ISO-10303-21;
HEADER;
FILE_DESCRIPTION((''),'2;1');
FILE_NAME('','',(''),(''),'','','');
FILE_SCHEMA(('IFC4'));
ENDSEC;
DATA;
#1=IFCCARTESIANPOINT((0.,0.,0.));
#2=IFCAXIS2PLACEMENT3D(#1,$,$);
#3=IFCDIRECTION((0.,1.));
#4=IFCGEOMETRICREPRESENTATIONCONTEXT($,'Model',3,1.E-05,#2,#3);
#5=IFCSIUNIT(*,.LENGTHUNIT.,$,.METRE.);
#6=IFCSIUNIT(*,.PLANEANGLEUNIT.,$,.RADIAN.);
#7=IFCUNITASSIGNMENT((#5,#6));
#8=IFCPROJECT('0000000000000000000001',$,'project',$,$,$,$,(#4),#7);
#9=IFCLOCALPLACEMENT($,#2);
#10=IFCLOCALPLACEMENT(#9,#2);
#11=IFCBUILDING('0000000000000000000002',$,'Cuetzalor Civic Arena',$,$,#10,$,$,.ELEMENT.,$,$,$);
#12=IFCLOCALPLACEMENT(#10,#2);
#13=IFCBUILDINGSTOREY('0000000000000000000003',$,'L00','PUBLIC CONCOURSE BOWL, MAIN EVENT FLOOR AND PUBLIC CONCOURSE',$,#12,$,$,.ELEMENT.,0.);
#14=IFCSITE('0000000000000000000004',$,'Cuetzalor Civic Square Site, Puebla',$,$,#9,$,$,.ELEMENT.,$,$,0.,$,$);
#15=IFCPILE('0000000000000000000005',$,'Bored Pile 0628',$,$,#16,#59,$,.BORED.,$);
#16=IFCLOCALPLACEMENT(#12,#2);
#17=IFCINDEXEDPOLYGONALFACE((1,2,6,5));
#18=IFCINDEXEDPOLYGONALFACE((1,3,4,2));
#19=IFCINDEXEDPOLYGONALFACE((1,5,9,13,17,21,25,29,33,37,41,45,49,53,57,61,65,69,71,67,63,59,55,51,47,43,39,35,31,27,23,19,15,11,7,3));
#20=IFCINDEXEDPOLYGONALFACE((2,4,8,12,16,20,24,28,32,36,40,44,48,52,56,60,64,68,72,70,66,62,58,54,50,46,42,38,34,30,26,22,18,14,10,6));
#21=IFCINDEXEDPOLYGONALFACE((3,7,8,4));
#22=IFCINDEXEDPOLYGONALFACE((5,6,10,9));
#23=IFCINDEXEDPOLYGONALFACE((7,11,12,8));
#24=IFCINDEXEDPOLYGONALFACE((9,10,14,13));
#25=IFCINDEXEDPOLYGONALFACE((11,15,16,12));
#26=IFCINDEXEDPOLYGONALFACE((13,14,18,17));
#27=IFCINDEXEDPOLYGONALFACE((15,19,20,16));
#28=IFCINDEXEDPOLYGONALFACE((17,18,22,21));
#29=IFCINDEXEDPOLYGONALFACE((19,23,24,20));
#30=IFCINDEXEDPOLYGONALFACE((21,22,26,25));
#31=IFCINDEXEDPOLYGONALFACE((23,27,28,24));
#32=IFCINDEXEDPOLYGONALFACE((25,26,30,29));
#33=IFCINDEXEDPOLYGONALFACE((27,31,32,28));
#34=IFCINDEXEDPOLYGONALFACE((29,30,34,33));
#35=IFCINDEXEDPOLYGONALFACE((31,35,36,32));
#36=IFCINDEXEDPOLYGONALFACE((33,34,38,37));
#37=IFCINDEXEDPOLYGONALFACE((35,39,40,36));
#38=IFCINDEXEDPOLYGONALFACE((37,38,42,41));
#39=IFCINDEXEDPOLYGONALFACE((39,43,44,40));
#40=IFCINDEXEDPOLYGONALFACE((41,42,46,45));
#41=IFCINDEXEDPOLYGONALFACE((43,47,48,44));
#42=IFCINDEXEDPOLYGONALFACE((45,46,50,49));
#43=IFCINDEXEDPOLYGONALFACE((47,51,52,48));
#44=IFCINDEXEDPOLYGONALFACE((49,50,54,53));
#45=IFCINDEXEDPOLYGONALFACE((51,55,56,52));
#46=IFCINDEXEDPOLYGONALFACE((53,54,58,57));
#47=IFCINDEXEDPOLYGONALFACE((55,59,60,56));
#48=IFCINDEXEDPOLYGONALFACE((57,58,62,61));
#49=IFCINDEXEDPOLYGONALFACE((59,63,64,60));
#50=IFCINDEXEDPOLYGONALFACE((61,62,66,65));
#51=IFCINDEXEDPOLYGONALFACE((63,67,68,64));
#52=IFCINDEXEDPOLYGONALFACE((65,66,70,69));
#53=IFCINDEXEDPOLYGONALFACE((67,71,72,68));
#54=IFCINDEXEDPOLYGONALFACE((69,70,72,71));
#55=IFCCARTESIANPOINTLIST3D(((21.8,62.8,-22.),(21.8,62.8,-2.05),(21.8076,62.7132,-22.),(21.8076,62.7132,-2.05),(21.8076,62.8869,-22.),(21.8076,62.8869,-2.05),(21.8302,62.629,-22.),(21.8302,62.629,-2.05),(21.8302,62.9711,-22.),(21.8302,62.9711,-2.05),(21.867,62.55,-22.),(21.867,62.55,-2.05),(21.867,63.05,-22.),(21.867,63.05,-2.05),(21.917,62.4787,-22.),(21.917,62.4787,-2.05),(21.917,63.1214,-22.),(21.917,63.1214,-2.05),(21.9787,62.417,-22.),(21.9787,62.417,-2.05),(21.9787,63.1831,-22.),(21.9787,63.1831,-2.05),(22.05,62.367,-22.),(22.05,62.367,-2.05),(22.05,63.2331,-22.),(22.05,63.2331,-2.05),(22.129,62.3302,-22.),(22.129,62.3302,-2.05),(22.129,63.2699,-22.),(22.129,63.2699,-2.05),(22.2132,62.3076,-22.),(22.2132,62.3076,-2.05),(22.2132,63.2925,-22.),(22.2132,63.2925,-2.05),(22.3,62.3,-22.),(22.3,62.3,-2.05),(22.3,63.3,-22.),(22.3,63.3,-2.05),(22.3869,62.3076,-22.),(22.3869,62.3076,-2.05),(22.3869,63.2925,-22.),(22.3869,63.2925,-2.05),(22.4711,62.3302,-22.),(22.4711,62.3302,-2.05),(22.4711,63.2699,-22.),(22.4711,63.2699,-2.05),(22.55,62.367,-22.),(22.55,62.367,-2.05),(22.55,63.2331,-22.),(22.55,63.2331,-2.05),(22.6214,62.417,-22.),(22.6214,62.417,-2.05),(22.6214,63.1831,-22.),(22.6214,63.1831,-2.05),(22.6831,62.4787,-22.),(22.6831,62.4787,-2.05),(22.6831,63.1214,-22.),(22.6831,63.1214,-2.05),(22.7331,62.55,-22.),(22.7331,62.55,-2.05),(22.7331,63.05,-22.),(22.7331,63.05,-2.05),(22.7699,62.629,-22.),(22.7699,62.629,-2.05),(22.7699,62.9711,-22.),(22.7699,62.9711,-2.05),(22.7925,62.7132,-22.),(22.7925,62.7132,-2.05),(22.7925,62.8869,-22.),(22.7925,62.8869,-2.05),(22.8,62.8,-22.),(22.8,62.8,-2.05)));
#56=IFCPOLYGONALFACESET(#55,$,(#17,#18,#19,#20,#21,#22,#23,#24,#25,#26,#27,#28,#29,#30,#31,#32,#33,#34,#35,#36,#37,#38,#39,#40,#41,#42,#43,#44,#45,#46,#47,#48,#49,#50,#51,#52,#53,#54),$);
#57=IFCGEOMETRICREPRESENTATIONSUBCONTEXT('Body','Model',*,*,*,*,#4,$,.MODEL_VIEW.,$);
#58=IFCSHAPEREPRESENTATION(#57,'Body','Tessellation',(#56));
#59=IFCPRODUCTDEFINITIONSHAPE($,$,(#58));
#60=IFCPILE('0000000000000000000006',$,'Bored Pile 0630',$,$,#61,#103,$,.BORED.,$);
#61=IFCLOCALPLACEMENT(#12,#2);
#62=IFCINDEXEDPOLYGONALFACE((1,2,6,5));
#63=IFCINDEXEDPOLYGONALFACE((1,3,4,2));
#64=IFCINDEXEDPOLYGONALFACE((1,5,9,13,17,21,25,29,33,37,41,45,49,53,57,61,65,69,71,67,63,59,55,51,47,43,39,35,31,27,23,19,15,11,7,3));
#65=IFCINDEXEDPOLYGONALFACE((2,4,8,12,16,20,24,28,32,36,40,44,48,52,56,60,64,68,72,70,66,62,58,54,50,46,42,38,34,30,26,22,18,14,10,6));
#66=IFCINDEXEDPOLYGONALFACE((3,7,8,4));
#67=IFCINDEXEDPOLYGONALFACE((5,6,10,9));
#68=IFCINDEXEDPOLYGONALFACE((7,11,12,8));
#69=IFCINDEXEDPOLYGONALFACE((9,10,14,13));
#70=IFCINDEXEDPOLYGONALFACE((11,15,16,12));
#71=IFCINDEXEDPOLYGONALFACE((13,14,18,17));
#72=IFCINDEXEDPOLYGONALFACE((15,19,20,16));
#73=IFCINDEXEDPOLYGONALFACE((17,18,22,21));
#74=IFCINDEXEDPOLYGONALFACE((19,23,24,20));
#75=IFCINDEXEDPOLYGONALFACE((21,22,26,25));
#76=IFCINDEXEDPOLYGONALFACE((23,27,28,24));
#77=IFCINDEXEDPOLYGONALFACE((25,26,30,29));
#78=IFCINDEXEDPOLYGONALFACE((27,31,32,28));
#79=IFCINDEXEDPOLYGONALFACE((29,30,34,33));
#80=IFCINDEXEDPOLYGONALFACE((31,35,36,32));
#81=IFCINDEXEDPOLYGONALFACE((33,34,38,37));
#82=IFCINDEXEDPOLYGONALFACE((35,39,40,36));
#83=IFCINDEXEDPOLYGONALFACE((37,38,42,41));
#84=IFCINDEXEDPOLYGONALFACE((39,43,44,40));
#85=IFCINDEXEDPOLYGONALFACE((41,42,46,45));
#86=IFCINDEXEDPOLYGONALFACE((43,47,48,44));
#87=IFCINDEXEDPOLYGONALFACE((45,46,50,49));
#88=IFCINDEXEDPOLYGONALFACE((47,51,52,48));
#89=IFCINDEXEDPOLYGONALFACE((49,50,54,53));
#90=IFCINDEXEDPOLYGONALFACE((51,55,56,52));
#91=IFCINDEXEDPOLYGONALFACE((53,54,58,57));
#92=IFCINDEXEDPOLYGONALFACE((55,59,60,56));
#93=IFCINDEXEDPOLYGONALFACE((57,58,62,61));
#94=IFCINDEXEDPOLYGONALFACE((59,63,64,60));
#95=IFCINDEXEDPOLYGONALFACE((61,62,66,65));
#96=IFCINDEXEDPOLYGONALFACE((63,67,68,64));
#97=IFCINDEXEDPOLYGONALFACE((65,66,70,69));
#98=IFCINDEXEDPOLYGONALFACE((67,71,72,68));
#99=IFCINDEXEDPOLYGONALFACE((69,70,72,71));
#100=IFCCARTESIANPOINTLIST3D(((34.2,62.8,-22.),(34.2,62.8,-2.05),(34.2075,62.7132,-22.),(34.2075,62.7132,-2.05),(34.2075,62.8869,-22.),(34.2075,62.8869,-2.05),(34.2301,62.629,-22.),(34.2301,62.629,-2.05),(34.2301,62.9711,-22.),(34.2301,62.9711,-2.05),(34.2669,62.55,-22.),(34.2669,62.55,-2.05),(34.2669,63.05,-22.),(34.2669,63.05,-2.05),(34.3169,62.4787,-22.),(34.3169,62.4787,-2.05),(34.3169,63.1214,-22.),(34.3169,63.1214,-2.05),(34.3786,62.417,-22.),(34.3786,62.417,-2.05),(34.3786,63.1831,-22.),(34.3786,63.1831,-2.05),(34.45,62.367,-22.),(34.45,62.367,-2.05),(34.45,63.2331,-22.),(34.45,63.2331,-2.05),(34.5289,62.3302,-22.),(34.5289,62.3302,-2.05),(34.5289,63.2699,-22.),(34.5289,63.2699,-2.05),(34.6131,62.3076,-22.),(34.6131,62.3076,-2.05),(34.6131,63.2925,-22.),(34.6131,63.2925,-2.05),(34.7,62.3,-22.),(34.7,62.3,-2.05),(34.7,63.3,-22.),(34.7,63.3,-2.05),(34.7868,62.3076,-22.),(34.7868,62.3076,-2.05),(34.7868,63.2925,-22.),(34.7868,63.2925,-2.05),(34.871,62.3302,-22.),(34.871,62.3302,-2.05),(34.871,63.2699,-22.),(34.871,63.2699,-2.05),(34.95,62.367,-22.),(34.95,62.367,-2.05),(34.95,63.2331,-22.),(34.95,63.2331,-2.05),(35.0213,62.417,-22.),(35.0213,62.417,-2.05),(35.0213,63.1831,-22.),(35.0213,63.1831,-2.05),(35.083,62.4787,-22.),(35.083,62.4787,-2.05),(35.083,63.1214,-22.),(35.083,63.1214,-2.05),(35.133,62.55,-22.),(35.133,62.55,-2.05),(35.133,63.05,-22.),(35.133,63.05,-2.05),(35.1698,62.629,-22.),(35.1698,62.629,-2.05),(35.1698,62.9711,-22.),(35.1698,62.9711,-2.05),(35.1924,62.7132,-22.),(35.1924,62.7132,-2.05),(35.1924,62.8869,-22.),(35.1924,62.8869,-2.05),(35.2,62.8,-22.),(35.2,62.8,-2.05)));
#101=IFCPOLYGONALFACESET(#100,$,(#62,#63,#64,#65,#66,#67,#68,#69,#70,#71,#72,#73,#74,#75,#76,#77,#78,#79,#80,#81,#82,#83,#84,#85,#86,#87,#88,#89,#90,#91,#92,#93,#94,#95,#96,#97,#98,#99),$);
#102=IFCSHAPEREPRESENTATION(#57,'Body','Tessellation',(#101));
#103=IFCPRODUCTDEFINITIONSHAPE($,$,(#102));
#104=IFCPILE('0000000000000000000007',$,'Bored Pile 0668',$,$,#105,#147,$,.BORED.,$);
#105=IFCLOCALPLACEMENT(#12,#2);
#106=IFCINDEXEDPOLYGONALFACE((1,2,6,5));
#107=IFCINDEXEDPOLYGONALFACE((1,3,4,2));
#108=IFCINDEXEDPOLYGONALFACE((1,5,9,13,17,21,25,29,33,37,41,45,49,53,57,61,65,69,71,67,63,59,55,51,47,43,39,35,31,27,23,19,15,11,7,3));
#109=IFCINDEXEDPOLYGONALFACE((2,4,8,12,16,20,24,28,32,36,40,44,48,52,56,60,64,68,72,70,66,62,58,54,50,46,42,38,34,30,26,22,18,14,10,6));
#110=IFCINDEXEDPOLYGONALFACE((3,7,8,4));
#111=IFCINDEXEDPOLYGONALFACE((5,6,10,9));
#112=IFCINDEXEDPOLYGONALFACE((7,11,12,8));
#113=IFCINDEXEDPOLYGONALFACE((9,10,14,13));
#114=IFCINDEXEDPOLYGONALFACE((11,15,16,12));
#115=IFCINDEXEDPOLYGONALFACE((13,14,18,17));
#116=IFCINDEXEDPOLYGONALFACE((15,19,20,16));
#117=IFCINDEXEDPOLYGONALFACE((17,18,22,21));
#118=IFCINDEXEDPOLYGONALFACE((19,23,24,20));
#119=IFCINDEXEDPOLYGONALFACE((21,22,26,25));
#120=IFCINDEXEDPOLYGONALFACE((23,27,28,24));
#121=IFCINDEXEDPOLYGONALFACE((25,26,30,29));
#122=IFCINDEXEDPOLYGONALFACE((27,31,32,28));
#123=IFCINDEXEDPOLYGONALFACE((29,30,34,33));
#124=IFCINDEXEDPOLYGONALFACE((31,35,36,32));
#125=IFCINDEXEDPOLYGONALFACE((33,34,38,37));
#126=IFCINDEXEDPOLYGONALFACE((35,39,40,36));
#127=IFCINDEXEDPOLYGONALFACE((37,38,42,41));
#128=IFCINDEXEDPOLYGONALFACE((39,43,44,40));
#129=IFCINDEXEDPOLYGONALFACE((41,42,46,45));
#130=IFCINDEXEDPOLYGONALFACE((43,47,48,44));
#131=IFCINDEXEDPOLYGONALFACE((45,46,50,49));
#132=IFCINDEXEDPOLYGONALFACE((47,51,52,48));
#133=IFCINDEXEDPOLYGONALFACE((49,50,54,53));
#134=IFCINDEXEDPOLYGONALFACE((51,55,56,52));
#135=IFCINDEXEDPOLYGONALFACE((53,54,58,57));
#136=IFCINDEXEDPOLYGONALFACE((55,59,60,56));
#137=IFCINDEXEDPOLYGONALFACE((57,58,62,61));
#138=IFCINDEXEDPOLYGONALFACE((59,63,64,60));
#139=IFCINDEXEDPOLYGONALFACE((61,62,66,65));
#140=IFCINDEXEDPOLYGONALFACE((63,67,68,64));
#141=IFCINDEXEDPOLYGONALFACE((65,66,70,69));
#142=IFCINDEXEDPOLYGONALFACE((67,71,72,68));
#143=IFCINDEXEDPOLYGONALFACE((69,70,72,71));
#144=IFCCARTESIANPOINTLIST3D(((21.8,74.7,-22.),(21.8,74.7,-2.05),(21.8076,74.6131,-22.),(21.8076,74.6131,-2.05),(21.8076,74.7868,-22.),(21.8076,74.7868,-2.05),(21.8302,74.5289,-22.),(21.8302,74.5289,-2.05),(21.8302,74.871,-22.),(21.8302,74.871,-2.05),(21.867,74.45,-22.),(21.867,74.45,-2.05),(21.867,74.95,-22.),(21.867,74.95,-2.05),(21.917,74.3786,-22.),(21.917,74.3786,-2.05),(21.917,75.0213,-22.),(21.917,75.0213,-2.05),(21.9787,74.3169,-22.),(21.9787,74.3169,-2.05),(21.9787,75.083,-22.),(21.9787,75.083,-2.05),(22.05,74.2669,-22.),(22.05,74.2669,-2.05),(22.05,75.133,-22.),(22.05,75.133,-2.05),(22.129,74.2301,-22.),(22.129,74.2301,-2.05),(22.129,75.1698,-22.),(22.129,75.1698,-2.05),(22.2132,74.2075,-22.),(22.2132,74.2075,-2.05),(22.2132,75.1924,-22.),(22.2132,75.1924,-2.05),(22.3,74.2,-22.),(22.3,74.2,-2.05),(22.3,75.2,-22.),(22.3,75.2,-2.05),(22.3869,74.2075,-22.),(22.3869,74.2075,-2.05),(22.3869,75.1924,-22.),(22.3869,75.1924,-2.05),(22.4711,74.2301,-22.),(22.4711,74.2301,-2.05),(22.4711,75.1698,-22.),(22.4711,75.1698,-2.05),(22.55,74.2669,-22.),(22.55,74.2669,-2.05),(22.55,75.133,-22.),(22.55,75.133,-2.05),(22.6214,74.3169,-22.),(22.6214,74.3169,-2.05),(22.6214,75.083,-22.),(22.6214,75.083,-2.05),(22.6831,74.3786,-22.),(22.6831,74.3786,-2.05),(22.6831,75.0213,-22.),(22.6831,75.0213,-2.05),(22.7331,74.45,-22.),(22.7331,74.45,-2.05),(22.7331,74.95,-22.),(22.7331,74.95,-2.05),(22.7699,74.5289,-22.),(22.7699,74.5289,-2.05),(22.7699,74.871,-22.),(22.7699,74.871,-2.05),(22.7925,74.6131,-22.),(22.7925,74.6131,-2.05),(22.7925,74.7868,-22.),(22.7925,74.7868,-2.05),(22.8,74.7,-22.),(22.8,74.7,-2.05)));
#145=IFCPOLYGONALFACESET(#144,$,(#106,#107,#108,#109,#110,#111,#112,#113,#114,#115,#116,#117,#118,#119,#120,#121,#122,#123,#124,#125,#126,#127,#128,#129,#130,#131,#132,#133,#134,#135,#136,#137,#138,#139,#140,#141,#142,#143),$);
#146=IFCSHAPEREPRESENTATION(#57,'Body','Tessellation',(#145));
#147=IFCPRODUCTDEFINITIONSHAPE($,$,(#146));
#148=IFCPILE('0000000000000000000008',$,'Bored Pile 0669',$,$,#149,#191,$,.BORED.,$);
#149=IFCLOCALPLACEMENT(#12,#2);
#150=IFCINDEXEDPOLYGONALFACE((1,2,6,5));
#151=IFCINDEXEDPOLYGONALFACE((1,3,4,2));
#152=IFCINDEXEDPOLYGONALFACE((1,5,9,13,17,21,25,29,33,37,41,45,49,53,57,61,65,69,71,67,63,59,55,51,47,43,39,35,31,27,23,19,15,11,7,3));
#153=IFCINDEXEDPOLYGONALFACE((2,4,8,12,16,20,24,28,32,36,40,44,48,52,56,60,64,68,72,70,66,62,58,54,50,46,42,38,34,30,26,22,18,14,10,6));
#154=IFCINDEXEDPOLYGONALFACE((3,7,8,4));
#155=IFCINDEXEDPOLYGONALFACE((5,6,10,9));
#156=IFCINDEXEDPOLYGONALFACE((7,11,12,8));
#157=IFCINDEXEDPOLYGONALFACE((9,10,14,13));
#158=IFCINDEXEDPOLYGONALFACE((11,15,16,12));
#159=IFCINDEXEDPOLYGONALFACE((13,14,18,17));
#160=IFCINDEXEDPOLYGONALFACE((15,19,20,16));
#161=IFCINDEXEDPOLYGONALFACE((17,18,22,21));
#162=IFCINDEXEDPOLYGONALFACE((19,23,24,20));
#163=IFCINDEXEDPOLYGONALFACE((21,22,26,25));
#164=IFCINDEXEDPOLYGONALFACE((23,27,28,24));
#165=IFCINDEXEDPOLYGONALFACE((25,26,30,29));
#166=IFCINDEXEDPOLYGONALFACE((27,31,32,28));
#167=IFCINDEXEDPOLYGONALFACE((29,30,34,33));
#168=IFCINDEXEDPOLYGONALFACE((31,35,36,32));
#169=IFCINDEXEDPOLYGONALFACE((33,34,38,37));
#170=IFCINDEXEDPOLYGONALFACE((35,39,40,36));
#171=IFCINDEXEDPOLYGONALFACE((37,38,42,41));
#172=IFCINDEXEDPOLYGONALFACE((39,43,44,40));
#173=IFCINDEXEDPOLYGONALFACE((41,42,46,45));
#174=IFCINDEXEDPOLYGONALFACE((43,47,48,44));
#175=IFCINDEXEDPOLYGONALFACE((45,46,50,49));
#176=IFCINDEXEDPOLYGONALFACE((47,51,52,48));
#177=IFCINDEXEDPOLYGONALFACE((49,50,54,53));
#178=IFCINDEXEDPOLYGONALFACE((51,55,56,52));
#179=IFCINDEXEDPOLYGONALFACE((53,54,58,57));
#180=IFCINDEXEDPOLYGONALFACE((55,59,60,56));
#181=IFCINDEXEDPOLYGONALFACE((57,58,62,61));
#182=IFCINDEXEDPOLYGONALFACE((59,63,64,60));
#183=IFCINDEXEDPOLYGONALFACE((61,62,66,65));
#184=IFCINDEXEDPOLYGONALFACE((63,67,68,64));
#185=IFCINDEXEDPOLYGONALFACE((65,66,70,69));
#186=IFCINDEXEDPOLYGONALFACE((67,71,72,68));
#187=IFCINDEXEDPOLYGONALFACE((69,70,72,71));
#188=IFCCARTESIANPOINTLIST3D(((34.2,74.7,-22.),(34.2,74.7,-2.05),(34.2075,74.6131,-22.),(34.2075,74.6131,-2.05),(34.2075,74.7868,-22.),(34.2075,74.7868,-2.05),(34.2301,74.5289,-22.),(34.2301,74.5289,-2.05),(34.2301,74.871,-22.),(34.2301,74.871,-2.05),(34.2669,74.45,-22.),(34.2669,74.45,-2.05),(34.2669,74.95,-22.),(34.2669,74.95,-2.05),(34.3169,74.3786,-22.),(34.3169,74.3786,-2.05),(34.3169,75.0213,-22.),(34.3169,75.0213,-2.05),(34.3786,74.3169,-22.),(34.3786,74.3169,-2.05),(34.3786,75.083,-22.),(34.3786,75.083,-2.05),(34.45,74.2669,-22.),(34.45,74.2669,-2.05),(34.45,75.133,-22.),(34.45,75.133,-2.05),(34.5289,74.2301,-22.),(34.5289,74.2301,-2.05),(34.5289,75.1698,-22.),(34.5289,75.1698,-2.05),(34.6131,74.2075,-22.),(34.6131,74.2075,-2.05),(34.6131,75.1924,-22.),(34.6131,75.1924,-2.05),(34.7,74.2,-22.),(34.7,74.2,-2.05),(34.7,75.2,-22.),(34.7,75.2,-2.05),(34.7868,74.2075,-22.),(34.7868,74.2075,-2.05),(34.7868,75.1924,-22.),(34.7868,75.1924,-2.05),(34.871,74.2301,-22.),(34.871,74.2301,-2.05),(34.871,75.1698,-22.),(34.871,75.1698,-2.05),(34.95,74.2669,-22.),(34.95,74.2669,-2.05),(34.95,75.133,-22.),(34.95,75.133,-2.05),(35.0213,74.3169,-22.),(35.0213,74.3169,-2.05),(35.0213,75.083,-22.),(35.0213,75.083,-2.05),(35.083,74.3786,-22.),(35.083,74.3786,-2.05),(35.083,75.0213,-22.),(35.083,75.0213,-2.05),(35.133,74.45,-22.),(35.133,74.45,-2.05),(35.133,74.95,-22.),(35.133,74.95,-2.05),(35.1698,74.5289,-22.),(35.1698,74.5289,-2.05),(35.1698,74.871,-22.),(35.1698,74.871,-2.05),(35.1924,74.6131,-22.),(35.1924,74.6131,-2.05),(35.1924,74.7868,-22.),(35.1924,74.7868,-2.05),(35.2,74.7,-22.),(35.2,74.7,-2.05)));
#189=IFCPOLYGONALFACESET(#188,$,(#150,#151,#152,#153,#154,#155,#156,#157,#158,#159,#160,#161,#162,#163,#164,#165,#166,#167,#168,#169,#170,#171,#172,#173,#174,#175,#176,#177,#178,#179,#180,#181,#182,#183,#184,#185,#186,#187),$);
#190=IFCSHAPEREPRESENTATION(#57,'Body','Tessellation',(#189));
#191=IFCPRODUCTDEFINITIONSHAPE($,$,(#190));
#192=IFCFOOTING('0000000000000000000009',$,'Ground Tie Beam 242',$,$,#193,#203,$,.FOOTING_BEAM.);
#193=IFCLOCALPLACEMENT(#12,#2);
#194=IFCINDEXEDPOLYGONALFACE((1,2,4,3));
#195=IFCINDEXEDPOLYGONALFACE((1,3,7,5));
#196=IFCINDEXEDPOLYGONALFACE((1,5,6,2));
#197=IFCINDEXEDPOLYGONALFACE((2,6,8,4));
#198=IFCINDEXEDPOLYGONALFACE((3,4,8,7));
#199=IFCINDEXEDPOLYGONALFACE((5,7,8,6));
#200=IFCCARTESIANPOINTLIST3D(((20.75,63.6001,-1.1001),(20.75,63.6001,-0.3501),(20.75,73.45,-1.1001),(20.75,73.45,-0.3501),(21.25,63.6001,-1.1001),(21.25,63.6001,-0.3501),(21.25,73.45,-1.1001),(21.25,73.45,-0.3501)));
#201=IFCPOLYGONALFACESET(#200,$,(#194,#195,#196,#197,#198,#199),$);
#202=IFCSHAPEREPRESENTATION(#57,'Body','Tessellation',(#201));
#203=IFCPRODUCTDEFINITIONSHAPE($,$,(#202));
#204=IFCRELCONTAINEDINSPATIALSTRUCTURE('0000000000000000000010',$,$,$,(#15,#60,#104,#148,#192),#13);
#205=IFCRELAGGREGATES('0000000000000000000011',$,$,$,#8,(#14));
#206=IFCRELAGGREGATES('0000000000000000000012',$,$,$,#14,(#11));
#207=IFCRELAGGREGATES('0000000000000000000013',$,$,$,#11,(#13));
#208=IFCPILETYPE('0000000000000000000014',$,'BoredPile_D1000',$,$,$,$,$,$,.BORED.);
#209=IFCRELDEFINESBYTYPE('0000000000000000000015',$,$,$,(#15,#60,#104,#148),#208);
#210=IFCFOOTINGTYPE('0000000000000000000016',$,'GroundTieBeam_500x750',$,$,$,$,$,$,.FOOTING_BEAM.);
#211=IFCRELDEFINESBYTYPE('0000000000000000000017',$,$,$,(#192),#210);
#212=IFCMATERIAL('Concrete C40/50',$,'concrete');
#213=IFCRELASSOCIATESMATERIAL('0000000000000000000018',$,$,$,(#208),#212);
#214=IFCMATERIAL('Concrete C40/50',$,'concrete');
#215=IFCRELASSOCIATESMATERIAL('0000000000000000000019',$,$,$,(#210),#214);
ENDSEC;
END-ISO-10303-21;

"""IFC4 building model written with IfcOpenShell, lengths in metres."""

from ifc_helpers import new_model, si_unit, direction, frame, origin, origin_2d, place, context, subcontext, project, spatial, rectangle, circle, extrude, material, material_profile, profile_set, type_object, element, save


model = new_model("IFC4")

# Units and contexts
model_context = context("Model", 3, precision=1e-05, world=origin(), true_north=direction((0.0, 1.0)))
body_context = subcontext(model_context, "Body", "Model", "MODEL_VIEW")
ifc_project = project(units=[si_unit("LENGTHUNIT", "METRE"), si_unit("PLANEANGLEUNIT", "RADIAN")], contexts=[model_context])

# Site, building, storey
site_placement = place(None, origin())
site = spatial("IfcSite", under=ifc_project, at=site_placement, Name="Cuetzalor Civic Square Site, Puebla", CompositionType="ELEMENT", RefElevation=0.0)
building_placement = place(site_placement, origin())
building = spatial("IfcBuilding", under=site, at=building_placement, Name="Cuetzalor Civic Arena", CompositionType="ELEMENT")
storey_placement = place(building_placement, origin())
storey = spatial("IfcBuildingStorey", under=building, at=storey_placement, Name="L00", Description="PUBLIC CONCOURSE BOWL, MAIN EVENT FLOOR AND PUBLIC CONCOURSE", CompositionType="ELEMENT", Elevation=0.0)

# Piles
ifc_material_1 = material(Name="Concrete C40/50", Category="concrete")
ifc_material_profile_1 = material_profile(ifc_material_1, circle(Radius=0.5, at=origin_2d()), Name="BORED PILE D1000")
ifc_profile_set_1 = profile_set([ifc_material_profile_1], Name="Concrete C40/50")
pile_type = type_object("IfcPileType", Name="BoredPile_D1000", PredefinedType="BORED", material=ifc_profile_set_1)
for number, where, z_axis, x_axis, name in (
    (1, (22.3, 62.8, -2.05), (0.0, 0.0, -1.0), (1.0, 0.0, 0.0), "Bored Pile 0628"),
    (2, (34.7, 62.8, -2.05), (0.0, 0.0, -1.0), (1.0, 0.0, 0.0), "Bored Pile 0630"),
    (3, (22.3, 74.7, -2.05), (0.0, 0.0, -1.0), (1.0, 0.0, 0.0), "Bored Pile 0668"),
    (4, (34.7, 74.7, -2.05), (0.0, 0.0, -1.0), (1.0, 0.0, 0.0), "Bored Pile 0669"),
):
    element("IfcPile", number, at=place(storey_placement, frame(where, z_axis=z_axis, x_axis=x_axis)), inside=storey, type_object=pile_type, Name=name, PredefinedType="BORED", context=body_context, shape_type="SweptSolid", body=[
        extrude(circle(Radius=0.5, at=origin_2d()), origin(), (0.0, 0.0, 1.0), 19.95),
    ])

# Footing
ifc_material_2 = material(Name="Concrete C40/50", Category="concrete")
ifc_material_profile_2 = material_profile(ifc_material_2, rectangle(XDim=0.5, YDim=0.75, at=origin_2d()), Name="RC 500x750")
ifc_profile_set_2 = profile_set([ifc_material_profile_2], Name="Concrete C40/50")
footing_type_1 = type_object("IfcFootingType", Name="GroundTieBeam_500x750", PredefinedType="FOOTING_BEAM", material=ifc_profile_set_2)
for number, where, z_axis, x_axis, name in (
    (5, (21.0, 63.6001, -0.7251), (0.0, 1.0, 0.0), (-1.0, 0.0, 0.0), "Ground Tie Beam 242"),
):
    element("IfcFooting", number, at=place(storey_placement, frame(where, z_axis=z_axis, x_axis=x_axis)), inside=storey, type_object=footing_type_1, Name=name, PredefinedType="FOOTING_BEAM", context=body_context, shape_type="SweptSolid", body=[
        extrude(rectangle(XDim=0.5, YDim=0.75, at=origin_2d()), origin(), (0.0, 0.0, 1.0), 9.8499),
    ])

save(model, "model.ifc")
